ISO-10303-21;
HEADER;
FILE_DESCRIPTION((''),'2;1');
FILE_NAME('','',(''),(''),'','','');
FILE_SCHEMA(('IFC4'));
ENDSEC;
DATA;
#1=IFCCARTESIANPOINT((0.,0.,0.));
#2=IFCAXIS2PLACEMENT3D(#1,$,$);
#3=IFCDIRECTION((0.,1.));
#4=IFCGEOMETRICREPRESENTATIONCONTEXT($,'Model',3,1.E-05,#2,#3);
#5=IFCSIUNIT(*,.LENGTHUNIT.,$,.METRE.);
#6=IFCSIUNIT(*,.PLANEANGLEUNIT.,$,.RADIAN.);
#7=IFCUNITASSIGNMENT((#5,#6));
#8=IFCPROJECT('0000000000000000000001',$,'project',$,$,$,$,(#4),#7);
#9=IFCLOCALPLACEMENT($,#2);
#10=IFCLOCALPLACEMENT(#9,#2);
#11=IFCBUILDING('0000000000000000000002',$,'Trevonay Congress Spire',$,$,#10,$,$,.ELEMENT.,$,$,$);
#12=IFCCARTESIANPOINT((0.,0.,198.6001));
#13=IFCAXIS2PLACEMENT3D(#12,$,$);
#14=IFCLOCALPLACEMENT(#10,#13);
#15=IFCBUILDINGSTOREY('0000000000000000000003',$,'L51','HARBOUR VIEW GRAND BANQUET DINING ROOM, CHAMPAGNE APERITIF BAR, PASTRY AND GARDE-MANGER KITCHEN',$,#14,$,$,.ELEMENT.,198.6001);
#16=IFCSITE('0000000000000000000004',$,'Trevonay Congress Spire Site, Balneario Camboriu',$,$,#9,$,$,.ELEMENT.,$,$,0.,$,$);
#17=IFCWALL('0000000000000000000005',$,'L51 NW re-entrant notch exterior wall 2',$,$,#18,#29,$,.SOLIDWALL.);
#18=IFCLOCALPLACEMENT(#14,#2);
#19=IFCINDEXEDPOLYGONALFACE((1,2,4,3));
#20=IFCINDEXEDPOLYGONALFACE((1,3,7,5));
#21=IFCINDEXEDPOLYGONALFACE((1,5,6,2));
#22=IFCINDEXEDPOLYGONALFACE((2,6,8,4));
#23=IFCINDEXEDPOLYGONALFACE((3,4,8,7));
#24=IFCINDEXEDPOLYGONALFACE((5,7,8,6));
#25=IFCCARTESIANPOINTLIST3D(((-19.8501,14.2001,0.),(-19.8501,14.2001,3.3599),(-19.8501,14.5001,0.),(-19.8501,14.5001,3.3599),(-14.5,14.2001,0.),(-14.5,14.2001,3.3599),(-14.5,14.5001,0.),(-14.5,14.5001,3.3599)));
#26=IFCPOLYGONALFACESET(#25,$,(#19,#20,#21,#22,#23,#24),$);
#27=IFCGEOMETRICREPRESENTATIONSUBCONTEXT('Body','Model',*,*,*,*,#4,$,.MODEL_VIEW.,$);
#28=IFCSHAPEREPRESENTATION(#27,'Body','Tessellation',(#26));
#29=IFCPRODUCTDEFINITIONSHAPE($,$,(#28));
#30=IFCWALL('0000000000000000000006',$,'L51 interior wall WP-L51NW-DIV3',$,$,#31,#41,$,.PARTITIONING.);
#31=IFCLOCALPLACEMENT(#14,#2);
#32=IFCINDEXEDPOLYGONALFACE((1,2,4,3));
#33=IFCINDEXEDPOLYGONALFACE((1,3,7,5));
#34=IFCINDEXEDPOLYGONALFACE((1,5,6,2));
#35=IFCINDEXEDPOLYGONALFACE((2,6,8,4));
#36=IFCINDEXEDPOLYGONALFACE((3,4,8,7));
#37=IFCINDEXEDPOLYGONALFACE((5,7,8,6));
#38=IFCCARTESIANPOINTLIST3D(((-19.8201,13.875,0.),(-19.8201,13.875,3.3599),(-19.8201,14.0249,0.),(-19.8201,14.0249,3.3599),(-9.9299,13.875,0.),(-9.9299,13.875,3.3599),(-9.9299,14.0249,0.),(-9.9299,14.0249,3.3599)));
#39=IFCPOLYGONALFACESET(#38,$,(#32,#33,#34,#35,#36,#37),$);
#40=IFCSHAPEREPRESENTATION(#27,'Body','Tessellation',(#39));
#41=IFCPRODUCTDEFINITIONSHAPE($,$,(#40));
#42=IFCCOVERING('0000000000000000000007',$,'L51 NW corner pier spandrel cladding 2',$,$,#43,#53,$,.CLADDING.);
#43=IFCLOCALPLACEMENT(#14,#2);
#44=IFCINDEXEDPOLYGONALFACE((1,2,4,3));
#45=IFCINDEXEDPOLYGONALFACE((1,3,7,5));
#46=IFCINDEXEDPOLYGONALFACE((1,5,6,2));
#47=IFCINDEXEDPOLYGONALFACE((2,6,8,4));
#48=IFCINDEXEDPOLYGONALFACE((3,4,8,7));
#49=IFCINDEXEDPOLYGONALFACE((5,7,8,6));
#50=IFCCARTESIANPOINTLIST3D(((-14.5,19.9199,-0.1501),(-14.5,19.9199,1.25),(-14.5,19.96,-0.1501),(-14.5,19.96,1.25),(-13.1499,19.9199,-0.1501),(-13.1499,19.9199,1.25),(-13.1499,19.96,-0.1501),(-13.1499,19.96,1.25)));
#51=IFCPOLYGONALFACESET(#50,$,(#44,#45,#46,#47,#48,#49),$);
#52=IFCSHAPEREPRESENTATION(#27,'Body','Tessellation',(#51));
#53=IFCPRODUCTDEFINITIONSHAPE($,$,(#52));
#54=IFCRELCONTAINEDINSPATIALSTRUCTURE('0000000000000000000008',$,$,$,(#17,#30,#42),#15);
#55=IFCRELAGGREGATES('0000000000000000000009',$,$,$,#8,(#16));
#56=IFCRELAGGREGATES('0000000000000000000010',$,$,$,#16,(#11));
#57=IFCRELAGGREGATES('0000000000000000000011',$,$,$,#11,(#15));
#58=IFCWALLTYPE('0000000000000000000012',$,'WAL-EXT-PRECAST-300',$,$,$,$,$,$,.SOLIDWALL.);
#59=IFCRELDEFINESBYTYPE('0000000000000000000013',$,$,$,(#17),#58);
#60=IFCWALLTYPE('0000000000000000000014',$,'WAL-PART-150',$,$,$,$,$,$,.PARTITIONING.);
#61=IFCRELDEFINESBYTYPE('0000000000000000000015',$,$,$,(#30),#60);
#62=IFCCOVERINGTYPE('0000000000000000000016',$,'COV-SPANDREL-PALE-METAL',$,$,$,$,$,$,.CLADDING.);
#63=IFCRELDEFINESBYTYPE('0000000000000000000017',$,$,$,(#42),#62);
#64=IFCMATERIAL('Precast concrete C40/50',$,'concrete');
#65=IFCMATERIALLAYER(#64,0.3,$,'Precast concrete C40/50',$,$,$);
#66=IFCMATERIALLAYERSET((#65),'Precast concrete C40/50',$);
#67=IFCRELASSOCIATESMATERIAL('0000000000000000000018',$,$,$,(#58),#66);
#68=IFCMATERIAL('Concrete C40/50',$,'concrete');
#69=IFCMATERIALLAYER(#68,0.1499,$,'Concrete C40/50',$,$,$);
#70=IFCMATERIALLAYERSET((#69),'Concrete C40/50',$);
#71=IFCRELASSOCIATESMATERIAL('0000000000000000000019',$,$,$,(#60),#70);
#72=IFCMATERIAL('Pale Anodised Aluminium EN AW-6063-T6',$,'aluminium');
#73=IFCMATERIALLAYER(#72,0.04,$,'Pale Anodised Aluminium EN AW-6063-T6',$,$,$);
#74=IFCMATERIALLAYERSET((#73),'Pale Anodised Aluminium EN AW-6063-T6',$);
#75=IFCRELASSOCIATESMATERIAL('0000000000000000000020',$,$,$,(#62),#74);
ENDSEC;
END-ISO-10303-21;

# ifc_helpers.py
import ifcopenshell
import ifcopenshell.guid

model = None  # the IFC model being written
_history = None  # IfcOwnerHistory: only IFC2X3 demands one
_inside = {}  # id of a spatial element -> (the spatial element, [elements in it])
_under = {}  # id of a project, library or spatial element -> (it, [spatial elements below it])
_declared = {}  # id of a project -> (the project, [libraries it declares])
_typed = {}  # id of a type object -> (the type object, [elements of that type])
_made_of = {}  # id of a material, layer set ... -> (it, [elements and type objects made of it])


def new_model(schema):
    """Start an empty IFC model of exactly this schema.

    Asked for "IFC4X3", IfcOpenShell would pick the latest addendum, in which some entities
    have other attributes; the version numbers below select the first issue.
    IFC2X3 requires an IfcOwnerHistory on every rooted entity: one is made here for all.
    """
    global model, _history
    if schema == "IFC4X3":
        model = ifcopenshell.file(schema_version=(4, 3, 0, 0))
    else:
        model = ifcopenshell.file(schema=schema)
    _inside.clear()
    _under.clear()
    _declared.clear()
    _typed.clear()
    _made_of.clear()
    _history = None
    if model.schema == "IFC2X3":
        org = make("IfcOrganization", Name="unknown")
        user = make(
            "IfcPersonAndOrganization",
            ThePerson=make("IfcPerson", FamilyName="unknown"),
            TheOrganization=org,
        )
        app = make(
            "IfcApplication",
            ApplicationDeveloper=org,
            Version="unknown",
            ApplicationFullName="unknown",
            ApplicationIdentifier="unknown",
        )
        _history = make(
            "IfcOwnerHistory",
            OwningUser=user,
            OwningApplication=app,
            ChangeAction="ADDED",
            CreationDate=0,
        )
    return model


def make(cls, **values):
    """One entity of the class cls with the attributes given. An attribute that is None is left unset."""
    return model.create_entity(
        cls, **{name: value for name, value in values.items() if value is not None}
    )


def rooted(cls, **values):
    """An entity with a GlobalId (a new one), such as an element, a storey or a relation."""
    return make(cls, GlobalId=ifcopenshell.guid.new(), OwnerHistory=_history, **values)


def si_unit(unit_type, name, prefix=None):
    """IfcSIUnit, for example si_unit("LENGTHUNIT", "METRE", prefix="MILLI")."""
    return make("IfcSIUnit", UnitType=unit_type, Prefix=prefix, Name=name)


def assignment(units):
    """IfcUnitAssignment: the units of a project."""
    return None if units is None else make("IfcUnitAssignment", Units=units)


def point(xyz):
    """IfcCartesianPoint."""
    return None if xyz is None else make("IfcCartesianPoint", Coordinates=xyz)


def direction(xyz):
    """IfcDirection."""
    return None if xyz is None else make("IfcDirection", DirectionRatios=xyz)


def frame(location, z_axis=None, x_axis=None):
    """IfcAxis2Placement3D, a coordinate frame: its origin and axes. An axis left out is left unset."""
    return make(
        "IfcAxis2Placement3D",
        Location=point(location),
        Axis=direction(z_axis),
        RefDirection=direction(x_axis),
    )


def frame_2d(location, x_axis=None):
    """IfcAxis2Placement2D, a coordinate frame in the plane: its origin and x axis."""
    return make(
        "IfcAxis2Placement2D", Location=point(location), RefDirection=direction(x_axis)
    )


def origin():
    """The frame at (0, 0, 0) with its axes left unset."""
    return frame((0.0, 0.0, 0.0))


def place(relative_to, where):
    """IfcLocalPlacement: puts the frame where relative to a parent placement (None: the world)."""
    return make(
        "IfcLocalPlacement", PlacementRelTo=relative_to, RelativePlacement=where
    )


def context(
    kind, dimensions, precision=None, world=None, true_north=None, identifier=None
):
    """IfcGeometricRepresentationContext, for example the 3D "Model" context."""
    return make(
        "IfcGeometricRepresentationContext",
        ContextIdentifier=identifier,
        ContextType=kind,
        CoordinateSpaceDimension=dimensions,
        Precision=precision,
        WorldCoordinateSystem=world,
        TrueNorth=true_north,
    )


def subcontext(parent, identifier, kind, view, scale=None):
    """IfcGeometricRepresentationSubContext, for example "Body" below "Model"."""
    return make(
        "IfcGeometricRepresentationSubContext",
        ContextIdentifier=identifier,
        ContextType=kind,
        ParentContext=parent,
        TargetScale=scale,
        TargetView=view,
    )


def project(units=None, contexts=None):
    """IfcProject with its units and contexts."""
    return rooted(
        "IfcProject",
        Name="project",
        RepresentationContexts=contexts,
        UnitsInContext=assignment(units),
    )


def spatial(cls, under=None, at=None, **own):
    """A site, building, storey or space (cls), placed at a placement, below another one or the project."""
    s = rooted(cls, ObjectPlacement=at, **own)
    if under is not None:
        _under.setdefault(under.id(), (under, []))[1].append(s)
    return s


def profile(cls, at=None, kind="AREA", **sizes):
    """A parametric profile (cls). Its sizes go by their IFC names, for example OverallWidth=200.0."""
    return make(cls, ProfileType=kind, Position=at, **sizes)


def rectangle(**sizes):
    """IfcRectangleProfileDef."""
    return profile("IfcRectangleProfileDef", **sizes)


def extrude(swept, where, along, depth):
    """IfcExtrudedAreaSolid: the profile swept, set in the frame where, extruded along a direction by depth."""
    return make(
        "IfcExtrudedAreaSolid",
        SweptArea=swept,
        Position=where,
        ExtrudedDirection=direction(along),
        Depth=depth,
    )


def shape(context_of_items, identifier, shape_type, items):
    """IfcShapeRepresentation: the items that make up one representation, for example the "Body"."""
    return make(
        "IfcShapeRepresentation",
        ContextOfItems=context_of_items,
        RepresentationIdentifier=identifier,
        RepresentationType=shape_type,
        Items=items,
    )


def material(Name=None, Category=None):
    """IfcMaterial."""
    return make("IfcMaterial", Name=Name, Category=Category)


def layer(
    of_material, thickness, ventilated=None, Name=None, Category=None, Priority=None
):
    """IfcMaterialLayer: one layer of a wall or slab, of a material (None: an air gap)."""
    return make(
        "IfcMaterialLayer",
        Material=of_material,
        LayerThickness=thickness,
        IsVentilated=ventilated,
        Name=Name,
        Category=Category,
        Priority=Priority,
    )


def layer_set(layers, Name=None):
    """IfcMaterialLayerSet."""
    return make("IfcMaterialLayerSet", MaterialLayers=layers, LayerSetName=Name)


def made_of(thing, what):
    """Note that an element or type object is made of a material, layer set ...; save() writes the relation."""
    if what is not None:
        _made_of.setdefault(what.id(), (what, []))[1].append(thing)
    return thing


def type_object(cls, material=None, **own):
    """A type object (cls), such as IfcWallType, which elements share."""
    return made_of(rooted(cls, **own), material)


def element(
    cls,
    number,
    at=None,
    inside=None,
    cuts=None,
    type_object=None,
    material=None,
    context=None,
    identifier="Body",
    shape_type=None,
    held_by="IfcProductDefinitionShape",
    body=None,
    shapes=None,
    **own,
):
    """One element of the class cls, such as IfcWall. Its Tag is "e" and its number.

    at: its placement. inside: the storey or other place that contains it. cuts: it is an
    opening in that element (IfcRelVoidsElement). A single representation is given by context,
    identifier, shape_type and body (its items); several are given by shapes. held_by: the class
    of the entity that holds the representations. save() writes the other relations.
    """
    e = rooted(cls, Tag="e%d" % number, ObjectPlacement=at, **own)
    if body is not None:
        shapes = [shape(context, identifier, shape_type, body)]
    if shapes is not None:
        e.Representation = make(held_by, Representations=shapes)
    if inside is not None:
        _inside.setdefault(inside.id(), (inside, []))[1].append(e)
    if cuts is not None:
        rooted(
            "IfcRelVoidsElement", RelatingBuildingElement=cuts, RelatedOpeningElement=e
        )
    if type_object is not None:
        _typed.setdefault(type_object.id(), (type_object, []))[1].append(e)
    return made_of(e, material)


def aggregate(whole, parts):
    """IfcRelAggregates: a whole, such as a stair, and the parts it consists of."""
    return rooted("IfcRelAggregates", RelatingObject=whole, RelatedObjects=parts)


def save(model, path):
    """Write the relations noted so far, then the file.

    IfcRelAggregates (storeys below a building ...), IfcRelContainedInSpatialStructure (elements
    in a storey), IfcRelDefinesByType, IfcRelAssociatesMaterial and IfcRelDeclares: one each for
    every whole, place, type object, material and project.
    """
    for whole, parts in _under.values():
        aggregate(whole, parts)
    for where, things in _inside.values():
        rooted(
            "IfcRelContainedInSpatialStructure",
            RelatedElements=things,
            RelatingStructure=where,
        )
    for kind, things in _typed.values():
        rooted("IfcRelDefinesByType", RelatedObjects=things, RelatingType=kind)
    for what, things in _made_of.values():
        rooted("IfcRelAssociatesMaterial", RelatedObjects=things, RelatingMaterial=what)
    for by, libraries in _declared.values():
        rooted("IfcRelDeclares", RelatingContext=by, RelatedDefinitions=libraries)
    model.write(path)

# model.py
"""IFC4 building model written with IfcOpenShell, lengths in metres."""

from ifc_helpers import new_model, si_unit, direction, frame, frame_2d, origin, place, context, subcontext, project, spatial, rectangle, extrude, material, layer, layer_set, type_object, element, save


model = new_model("IFC4")

# Units and contexts
model_context = context("Model", 3, precision=1e-05, world=origin(), true_north=direction((0.0, 1.0)))
body_context = subcontext(model_context, "Body", "Model", "MODEL_VIEW")
ifc_project = project(units=[si_unit("LENGTHUNIT", "METRE"), si_unit("PLANEANGLEUNIT", "RADIAN")], contexts=[model_context])

# Site, building, storey
site_placement = place(None, origin())
site = spatial("IfcSite", under=ifc_project, at=site_placement, Name="Trevonay Congress Spire Site, Balneario Camboriu", CompositionType="ELEMENT", RefElevation=0.0)
building_placement = place(site_placement, origin())
building = spatial("IfcBuilding", under=site, at=building_placement, Name="Trevonay Congress Spire", CompositionType="ELEMENT")
storey_placement = place(building_placement, frame((0.0, 0.0, 198.6001)))
storey = spatial("IfcBuildingStorey", under=building, at=storey_placement, Name="L51", Description="HARBOUR VIEW GRAND BANQUET DINING ROOM, CHAMPAGNE APERITIF BAR, PASTRY AND GARDE-MANGER KITCHEN", CompositionType="ELEMENT", Elevation=198.6001)

# Shared definitions
ifc_material_1 = material(Name="Pale Anodised Aluminium EN AW-6063-T6", Category="aluminium")

# Shared definitions
ifc_material_2 = material(Name="Precast concrete C40/50", Category="concrete")
ifc_layer_1 = layer(ifc_material_2, 0.3, Name="Precast concrete C40/50")
ifc_layer_set_1 = layer_set([ifc_layer_1], Name="Precast concrete C40/50")
wall_type_1 = type_object("IfcWallType", Name="WAL-EXT-PRECAST-300", PredefinedType="SOLIDWALL", material=ifc_layer_set_1)

# Walls
wall_1_placement = place(storey_placement, frame((-19.8501, 14.3501, 0.0), z_axis=(0.0, 0.0, 1.0), x_axis=(1.0, 0.0, 0.0)))
element("IfcWall", 1, at=wall_1_placement, inside=storey, type_object=wall_type_1, Name="L51 NW re-entrant notch exterior wall 2", PredefinedType="SOLIDWALL", context=body_context, shape_type="SweptSolid", body=[
    extrude(rectangle(XDim=5.3501, YDim=0.3, at=frame_2d((2.675, 0.0))), origin(), (0.0, 0.0, 1.0), 3.3599),
])
ifc_material_3 = material(Name="Concrete C40/50", Category="concrete")
ifc_layer_2 = layer(ifc_material_3, 0.1499, Name="Concrete C40/50")
ifc_layer_set_2 = layer_set([ifc_layer_2], Name="Concrete C40/50")
wall_type_2 = type_object("IfcWallType", Name="WAL-PART-150", PredefinedType="PARTITIONING", material=ifc_layer_set_2)
wall_2_placement = place(storey_placement, frame((-19.8201, 13.95, 0.0), z_axis=(0.0, 0.0, 1.0), x_axis=(1.0, 0.0, 0.0)))
element("IfcWall", 2, at=wall_2_placement, inside=storey, type_object=wall_type_2, Name="L51 interior wall WP-L51NW-DIV3", PredefinedType="PARTITIONING", context=body_context, shape_type="SweptSolid", body=[
    extrude(rectangle(XDim=9.8901, YDim=0.1499, at=frame_2d((4.9451, 0.0))), origin(), (0.0, 0.0, 1.0), 3.3599),
])

# Covering
ifc_layer_3 = layer(ifc_material_1, 0.04, Name="Pale Anodised Aluminium EN AW-6063-T6")
ifc_layer_set_3 = layer_set([ifc_layer_3], Name="Pale Anodised Aluminium EN AW-6063-T6")
covering_type = type_object("IfcCoveringType", Name="COV-SPANDREL-PALE-METAL", PredefinedType="CLADDING", material=ifc_layer_set_3)
covering_placement = place(storey_placement, frame((-13.1499, 19.9399, -0.1501), z_axis=(0.0, 0.0, 1.0), x_axis=(-1.0, 0.0, 0.0)))
element("IfcCovering", 3, at=covering_placement, inside=storey, type_object=covering_type, Name="L51 NW corner pier spandrel cladding 2", PredefinedType="CLADDING", context=body_context, shape_type="SweptSolid", body=[
    extrude(rectangle(XDim=1.3501, YDim=0.04, at=frame_2d((0.675, 0.0))), origin(), (0.0, 0.0, 1.0), 1.4001),
])

save(model, "model.ifc")
